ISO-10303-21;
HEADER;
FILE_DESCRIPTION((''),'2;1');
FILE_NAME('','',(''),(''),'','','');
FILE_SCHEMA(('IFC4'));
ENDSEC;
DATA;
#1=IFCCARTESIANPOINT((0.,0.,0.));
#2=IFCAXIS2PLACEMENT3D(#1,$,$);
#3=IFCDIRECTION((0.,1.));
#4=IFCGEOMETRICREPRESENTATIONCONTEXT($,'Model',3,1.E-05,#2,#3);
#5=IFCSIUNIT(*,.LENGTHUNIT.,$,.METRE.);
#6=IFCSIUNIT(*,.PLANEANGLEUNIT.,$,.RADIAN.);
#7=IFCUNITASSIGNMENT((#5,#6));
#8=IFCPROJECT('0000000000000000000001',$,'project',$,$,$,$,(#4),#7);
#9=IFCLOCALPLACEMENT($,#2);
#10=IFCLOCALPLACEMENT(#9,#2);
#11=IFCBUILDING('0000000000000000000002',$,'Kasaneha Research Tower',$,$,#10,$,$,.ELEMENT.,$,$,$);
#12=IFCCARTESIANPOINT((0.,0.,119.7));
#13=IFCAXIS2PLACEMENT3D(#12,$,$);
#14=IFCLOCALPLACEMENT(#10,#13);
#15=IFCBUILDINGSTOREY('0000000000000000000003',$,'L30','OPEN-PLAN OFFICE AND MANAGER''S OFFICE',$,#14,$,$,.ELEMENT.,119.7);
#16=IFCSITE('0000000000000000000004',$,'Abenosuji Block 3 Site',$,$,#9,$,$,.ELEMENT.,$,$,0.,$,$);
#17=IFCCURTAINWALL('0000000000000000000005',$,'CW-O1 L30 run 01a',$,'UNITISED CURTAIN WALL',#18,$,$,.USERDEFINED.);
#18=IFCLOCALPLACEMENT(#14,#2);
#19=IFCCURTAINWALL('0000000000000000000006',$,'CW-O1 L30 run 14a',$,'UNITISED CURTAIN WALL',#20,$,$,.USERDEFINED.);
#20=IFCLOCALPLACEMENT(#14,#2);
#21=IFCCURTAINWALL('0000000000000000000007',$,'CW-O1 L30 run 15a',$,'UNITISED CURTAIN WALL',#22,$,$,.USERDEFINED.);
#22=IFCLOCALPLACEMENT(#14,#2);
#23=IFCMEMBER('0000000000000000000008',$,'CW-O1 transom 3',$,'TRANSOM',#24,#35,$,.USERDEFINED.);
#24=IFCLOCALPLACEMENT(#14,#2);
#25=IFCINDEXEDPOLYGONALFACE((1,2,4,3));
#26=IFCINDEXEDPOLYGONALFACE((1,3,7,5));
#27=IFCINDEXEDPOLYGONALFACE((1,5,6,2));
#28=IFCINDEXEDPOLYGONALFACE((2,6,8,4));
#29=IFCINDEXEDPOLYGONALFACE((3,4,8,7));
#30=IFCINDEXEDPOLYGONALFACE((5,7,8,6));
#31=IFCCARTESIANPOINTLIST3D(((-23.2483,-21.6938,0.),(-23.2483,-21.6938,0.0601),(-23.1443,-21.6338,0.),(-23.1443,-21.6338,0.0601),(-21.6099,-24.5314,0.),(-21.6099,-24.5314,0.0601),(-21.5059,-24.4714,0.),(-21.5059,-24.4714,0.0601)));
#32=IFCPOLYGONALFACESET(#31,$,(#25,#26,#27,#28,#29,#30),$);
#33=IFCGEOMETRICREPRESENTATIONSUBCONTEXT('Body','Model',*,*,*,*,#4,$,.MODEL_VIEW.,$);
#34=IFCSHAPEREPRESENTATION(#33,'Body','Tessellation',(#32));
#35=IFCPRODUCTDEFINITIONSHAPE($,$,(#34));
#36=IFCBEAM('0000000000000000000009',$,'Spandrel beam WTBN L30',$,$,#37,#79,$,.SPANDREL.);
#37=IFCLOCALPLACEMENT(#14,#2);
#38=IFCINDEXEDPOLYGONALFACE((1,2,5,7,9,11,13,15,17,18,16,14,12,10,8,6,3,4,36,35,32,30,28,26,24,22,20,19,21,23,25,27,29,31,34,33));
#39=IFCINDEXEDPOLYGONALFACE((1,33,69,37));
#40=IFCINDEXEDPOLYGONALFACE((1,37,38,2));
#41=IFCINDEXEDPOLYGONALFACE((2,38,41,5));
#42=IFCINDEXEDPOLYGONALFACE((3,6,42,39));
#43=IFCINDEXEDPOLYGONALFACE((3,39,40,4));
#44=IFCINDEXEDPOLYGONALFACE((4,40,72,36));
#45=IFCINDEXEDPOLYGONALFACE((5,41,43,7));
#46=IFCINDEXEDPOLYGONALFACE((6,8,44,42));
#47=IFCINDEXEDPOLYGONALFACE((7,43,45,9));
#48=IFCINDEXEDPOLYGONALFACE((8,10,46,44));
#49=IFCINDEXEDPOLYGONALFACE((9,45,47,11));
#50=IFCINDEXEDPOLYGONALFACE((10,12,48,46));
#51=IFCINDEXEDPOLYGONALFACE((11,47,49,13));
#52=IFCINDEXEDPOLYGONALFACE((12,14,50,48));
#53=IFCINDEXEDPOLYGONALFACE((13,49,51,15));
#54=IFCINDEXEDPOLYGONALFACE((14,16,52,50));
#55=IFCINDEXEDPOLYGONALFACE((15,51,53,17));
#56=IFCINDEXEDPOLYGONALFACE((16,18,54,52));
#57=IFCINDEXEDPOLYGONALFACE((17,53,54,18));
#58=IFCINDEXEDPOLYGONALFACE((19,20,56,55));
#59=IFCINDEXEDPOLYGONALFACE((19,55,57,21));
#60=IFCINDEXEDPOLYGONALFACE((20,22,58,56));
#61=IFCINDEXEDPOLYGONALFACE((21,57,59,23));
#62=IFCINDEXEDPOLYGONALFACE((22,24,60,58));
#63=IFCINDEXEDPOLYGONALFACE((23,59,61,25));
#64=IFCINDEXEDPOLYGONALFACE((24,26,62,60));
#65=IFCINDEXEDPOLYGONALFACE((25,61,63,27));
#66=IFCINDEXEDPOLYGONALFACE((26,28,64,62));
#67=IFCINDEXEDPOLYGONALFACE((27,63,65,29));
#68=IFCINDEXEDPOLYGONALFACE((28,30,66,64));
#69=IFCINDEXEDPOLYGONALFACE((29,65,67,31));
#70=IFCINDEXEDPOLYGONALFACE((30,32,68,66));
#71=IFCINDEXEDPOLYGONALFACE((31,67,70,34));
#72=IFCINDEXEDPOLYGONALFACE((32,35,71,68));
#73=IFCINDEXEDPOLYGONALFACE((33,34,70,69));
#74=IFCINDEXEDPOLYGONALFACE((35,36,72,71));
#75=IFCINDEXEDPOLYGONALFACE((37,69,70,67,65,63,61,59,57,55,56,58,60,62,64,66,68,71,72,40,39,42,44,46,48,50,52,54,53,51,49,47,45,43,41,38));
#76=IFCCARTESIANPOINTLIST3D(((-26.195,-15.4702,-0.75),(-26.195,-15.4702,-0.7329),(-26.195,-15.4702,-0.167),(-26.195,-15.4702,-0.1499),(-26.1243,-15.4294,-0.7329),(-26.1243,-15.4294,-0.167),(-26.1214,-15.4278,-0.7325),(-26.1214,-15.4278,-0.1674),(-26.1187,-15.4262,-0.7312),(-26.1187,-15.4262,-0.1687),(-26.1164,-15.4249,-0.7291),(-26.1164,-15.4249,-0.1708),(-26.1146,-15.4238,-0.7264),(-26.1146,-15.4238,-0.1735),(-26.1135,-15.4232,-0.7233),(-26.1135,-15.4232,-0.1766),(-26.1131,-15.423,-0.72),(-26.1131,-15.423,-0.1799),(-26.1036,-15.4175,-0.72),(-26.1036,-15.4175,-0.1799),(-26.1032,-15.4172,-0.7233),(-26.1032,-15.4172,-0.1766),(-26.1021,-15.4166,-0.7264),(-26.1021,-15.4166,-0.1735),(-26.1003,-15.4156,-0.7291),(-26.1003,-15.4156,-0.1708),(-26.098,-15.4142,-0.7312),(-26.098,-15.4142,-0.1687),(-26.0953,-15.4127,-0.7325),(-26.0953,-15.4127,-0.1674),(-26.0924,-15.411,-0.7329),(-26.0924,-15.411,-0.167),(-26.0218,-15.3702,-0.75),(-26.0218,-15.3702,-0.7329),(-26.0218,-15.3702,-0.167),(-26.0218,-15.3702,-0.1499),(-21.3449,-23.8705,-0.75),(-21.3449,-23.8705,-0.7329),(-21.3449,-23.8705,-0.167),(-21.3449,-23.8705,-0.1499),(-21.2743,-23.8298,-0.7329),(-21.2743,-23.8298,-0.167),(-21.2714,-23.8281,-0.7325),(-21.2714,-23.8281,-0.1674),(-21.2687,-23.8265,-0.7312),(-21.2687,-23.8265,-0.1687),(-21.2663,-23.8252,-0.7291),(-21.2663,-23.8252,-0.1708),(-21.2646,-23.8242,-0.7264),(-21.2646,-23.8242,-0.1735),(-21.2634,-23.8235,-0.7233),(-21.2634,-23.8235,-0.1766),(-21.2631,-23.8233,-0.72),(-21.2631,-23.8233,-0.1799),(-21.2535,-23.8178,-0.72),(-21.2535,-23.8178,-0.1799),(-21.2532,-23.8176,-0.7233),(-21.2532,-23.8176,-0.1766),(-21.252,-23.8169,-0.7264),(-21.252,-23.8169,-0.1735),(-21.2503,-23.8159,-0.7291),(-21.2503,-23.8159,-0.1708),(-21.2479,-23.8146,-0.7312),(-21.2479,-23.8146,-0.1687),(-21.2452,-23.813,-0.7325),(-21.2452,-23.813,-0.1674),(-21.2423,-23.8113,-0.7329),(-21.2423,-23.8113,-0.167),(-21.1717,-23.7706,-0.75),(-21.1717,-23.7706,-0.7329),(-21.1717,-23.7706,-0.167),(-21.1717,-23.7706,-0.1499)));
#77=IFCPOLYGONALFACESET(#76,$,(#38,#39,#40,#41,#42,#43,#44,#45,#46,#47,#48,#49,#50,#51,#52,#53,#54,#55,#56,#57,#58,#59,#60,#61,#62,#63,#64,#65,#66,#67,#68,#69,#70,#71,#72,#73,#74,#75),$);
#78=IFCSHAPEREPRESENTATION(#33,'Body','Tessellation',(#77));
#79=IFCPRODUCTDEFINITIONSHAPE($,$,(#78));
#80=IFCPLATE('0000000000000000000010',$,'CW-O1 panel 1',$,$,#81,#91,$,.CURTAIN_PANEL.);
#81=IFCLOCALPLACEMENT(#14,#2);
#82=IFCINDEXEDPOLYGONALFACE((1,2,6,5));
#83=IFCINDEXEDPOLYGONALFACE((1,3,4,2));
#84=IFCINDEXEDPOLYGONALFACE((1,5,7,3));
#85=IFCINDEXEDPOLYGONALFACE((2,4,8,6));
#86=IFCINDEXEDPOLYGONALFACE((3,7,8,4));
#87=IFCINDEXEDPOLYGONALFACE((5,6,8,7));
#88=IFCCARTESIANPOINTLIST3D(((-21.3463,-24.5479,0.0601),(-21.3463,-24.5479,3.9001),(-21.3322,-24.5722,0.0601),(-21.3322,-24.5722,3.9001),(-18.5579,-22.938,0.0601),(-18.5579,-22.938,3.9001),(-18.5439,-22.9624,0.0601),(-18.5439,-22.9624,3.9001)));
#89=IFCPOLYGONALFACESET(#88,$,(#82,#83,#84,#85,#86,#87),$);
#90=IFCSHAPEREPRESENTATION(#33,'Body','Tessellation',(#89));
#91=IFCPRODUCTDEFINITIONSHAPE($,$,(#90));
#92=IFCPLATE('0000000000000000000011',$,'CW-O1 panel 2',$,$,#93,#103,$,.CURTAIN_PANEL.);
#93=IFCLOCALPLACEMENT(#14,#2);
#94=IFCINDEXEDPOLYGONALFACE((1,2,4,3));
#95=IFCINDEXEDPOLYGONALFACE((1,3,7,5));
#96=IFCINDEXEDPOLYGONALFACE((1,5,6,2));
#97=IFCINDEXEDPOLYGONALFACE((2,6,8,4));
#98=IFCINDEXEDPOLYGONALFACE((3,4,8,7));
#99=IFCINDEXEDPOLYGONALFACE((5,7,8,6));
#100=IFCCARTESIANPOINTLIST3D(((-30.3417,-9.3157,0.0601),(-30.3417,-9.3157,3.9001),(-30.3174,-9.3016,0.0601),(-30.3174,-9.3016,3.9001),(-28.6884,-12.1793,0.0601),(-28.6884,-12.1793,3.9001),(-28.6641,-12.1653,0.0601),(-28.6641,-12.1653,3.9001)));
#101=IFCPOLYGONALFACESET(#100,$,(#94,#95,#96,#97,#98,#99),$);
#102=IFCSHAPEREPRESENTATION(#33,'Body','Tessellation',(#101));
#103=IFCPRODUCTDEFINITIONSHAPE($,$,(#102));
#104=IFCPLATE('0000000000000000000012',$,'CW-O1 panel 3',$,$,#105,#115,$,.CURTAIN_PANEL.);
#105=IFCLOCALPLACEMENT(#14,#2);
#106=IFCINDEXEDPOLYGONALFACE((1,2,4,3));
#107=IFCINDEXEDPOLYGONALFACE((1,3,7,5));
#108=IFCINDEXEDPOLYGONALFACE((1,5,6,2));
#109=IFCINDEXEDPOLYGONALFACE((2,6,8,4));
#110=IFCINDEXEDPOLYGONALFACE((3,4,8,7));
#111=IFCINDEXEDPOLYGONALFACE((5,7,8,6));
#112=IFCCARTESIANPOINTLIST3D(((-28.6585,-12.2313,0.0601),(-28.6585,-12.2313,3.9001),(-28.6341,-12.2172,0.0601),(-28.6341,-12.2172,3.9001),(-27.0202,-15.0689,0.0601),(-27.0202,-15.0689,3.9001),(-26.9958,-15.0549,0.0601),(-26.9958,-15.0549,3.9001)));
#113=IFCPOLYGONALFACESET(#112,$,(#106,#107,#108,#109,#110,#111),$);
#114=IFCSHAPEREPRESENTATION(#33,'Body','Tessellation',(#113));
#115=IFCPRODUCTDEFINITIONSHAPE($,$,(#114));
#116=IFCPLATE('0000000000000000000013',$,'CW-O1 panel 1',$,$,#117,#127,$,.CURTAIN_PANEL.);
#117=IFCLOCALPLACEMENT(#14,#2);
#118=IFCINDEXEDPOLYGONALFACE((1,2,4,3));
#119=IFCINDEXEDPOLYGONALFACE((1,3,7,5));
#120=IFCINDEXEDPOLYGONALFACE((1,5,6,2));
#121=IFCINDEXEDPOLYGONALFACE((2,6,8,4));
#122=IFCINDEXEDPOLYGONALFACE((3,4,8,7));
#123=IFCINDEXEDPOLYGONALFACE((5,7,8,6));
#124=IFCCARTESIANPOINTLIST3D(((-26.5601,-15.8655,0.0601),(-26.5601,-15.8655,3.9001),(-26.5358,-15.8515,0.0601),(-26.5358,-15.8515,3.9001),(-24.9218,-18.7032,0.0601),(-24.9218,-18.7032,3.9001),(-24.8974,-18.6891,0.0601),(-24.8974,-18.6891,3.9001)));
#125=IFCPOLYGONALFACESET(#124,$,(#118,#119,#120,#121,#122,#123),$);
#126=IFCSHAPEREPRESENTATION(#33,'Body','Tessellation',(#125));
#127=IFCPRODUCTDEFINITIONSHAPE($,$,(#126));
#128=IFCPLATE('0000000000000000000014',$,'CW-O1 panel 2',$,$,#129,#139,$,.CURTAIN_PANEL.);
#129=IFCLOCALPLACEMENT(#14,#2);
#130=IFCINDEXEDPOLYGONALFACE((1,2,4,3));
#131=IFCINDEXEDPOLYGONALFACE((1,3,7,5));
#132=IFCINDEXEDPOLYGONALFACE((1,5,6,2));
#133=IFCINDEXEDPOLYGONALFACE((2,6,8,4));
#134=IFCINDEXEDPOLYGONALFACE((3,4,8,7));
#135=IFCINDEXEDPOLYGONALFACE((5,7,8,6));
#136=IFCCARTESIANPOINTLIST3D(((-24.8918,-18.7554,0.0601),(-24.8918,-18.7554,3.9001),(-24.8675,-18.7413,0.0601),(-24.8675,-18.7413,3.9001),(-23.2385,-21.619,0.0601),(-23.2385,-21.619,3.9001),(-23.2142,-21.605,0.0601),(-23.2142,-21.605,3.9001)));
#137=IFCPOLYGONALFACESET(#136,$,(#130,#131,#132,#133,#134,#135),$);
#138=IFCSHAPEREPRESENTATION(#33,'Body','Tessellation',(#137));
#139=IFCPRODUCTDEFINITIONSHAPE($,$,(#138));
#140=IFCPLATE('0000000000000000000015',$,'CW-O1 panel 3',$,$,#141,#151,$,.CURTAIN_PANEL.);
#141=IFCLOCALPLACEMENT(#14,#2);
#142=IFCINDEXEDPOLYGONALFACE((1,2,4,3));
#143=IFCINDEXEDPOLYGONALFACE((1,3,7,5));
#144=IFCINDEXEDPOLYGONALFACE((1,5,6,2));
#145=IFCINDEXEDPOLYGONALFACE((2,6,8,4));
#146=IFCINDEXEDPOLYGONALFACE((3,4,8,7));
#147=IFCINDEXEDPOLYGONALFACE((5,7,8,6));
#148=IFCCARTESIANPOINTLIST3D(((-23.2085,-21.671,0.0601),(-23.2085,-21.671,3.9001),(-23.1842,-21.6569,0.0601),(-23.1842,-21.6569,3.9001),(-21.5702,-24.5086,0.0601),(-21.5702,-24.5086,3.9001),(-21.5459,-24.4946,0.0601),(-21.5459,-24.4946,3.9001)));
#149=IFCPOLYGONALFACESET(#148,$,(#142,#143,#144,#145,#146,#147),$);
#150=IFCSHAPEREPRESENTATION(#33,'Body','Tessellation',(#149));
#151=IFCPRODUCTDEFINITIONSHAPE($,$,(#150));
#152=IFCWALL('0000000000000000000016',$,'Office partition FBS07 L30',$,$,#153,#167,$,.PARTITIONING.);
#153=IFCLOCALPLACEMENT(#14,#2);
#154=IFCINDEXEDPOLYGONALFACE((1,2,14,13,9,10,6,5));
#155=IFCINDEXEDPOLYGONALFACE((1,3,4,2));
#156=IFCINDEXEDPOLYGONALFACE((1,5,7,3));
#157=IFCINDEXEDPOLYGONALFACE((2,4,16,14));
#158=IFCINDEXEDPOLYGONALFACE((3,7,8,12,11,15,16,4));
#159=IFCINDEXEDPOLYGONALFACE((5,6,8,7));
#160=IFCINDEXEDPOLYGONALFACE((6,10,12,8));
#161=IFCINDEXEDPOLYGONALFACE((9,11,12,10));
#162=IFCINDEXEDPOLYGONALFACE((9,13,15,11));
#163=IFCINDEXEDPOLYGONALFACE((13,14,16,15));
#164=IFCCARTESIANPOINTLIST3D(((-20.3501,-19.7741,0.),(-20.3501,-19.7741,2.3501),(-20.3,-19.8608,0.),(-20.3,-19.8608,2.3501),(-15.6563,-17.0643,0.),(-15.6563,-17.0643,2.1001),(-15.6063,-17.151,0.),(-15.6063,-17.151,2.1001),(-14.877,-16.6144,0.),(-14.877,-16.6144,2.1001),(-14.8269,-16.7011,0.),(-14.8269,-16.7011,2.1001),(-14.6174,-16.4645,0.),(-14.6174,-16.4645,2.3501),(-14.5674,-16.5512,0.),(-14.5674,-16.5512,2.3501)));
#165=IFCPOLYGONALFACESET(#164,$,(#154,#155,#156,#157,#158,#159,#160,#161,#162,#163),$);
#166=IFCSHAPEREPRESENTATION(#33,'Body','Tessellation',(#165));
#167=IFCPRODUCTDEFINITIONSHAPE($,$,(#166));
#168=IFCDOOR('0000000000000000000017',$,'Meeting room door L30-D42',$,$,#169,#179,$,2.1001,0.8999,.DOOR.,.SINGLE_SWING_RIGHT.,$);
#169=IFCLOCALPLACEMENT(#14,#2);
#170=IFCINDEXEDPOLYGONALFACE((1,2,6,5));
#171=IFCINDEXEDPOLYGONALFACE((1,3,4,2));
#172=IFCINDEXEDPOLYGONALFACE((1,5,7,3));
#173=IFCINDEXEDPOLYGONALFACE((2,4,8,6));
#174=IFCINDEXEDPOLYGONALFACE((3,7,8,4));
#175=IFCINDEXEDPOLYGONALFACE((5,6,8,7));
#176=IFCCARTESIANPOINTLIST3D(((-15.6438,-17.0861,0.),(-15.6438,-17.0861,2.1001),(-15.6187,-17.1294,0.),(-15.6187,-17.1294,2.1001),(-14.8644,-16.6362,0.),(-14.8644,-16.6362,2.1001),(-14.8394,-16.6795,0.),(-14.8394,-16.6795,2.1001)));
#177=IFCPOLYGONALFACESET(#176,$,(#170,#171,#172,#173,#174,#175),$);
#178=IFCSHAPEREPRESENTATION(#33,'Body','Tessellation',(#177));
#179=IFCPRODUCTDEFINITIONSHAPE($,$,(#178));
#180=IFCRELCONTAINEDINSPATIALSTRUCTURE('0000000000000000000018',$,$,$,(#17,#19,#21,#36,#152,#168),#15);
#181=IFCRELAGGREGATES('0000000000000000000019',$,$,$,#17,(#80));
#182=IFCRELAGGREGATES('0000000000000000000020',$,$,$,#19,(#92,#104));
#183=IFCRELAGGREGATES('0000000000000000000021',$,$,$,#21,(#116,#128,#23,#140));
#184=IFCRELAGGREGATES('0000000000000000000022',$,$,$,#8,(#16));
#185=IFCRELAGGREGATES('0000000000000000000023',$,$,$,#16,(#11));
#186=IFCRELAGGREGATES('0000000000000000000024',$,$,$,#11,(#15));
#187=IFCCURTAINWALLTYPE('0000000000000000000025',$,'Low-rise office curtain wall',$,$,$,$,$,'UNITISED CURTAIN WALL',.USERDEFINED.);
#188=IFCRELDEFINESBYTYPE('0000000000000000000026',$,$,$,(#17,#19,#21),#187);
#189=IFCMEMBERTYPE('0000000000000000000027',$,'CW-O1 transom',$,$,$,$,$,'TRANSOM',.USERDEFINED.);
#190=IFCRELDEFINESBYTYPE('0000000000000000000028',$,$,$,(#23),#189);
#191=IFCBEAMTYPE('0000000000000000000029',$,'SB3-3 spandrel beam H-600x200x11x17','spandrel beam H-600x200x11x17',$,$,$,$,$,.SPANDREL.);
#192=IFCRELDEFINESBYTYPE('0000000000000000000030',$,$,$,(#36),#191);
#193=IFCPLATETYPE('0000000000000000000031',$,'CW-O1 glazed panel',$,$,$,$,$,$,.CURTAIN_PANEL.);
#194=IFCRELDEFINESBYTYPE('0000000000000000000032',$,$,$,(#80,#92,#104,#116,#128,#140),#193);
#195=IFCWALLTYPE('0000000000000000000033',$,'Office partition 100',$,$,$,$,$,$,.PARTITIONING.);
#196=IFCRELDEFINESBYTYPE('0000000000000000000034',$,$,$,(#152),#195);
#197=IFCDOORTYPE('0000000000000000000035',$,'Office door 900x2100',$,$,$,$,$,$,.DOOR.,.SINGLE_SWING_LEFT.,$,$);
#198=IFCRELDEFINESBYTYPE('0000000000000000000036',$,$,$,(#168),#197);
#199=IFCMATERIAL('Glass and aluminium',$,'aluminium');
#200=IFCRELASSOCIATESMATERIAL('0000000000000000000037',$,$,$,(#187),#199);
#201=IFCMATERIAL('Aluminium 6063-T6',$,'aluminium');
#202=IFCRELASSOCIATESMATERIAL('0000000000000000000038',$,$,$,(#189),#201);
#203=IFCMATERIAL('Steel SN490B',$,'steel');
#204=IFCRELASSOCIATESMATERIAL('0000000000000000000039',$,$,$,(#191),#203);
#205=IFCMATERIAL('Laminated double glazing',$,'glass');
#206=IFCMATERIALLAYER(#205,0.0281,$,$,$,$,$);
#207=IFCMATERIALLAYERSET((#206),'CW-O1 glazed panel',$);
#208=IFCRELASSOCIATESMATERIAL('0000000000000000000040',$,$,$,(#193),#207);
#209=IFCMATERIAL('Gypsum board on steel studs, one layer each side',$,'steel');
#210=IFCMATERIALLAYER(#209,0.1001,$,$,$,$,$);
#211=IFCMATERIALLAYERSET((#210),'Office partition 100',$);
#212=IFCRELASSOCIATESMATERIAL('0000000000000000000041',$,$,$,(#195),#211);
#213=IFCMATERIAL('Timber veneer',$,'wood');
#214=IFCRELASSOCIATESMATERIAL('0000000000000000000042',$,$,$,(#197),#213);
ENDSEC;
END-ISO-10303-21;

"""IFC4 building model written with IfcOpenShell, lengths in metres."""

from ifc_helpers import new_model, si_unit, direction, frame, frame_2d, origin, origin_2d, place, context, subcontext, project, spatial, rectangle, i_section, extrude, material, layer, layer_set, material_profile, profile_set, type_object, element, fill, aggregate, save


model = new_model("IFC4")

# Units and contexts
model_context = context("Model", 3, precision=1e-05, world=origin(), true_north=direction((0.0, 1.0)))
body_context = subcontext(model_context, "Body", "Model", "MODEL_VIEW")
ifc_project = project(units=[si_unit("LENGTHUNIT", "METRE"), si_unit("PLANEANGLEUNIT", "RADIAN")], contexts=[model_context])

# Site, building, storey
site_placement = place(None, origin())
site = spatial("IfcSite", under=ifc_project, at=site_placement, Name="Abenosuji Block 3 Site", CompositionType="ELEMENT", RefElevation=0.0)
building_placement = place(site_placement, origin())
building = spatial("IfcBuilding", under=site, at=building_placement, Name="Kasaneha Research Tower", CompositionType="ELEMENT")
storey_placement = place(building_placement, frame((0.0, 0.0, 119.7)))
storey = spatial("IfcBuildingStorey", under=building, at=storey_placement, Name="L30", Description="OPEN-PLAN OFFICE AND MANAGER'S OFFICE", CompositionType="ELEMENT", Elevation=119.7)

# Curtain wall
ifc_material_1 = material(Name="Glass and aluminium", Category="aluminium")
curtain_wall_type = type_object("IfcCurtainWallType", Name="Low-rise office curtain wall", ElementType="UNITISED CURTAIN WALL", PredefinedType="USERDEFINED", material=ifc_material_1)
curtain_wall_1_placement = place(storey_placement, origin())
curtain_wall_1 = element("IfcCurtainWall", 1, at=curtain_wall_1_placement, inside=storey, type_object=curtain_wall_type, Name="CW-O1 L30 run 01a", ObjectType="UNITISED CURTAIN WALL", PredefinedType="USERDEFINED")

# Curtain walls
curtain_wall_2_placement = place(storey_placement, origin())
curtain_wall_2 = element("IfcCurtainWall", 2, at=curtain_wall_2_placement, inside=storey, type_object=curtain_wall_type, Name="CW-O1 L30 run 14a", ObjectType="UNITISED CURTAIN WALL", PredefinedType="USERDEFINED")
curtain_wall_3_placement = place(storey_placement, origin())
curtain_wall_3 = element("IfcCurtainWall", 3, at=curtain_wall_3_placement, inside=storey, type_object=curtain_wall_type, Name="CW-O1 L30 run 15a", ObjectType="UNITISED CURTAIN WALL", PredefinedType="USERDEFINED")

# Member
ifc_material_2 = material(Name="Aluminium 6063-T6", Category="aluminium")
ifc_material_profile_1 = material_profile(ifc_material_2, rectangle(XDim=0.1201, YDim=0.0601, at=origin_2d()), Name="CW-O1 transom 120x60")
ifc_profile_set_1 = profile_set([ifc_material_profile_1], Name="Aluminium 6063-T6")
member_type_1 = type_object("IfcMemberType", Name="CW-O1 transom", ElementType="TRANSOM", PredefinedType="USERDEFINED", material=ifc_profile_set_1)
member_1_placement = place(storey_placement, frame((-23.1963, -21.6638, 0.03), z_axis=(0.500026, -0.866011, 0.0), x_axis=(0.866011, 0.500026, 0.0)))
member_1 = element("IfcMember", 4, at=member_1_placement, type_object=member_type_1, Name="CW-O1 transom 3", ObjectType="TRANSOM", PredefinedType="USERDEFINED", context=body_context, shape_type="SweptSolid", body=[
    extrude(rectangle(XDim=0.1201, YDim=0.0601, at=origin_2d()), origin(), (0.0, 0.0, 1.0), 3.2766),
])

# Beam
ifc_material_3 = material(Name="Steel SN490B", Category="steel")
ifc_material_profile_2 = material_profile(ifc_material_3, i_section(OverallWidth=0.2, OverallDepth=0.6001, WebThickness=0.011, FlangeThickness=0.0171, FilletRadius=0.0129, at=origin_2d()), Name="H-600x200x11x17")
ifc_profile_set_2 = profile_set([ifc_material_profile_2], Name="Steel SN490B")
beam_type = type_object("IfcBeamType", Name="SB3-3 spandrel beam H-600x200x11x17", Description="spandrel beam H-600x200x11x17", PredefinedType="SPANDREL", material=ifc_profile_set_2)
beam_placement = place(storey_placement, frame((-21.2583, -23.8206, -0.45), z_axis=(-0.50001, 0.86602, 0.0), x_axis=(-0.86602, -0.50001, 0.0)))
element("IfcBeam", 5, at=beam_placement, inside=storey, type_object=beam_type, Name="Spandrel beam WTBN L30", PredefinedType="SPANDREL", context=body_context, shape_type="SweptSolid", body=[
    extrude(i_section(OverallWidth=0.2, OverallDepth=0.6001, WebThickness=0.011, FlangeThickness=0.0171, FilletRadius=0.0129, at=origin_2d()), origin(), (0.0, 0.0, 1.0), 9.7),
])

# Plates
ifc_material_4 = material(Name="Laminated double glazing", Category="glass")
ifc_layer_1 = layer(ifc_material_4, 0.0281)
ifc_layer_set_1 = layer_set([ifc_layer_1], Name="CW-O1 glazed panel")
plate_type = type_object("IfcPlateType", Name="CW-O1 glazed panel", PredefinedType="CURTAIN_PANEL", material=ifc_layer_set_1)
plate_1_placement = place(storey_placement, frame((-19.9451, -23.7551, 0.0601), z_axis=(0.0, 0.0, 1.0), x_axis=(0.866025, 0.5, 0.0)))
plate_1 = element("IfcPlate", 6, at=plate_1_placement, type_object=plate_type, Name="CW-O1 panel 1", PredefinedType="CURTAIN_PANEL", context=body_context, shape_type="SweptSolid", body=[
    extrude(rectangle(XDim=3.2197, YDim=0.0281, at=origin_2d()), origin(), (0.0, 0.0, 1.0), 3.8401),
])
aggregate(curtain_wall_1, [plate_1])
plate_2_placement = place(storey_placement, frame((-29.5029, -10.7405, 0.0601), z_axis=(0.0, 0.0, 1.0), x_axis=(0.5, -0.866025, 0.0)))
plate_2 = element("IfcPlate", 7, at=plate_2_placement, type_object=plate_type, Name="CW-O1 panel 2", PredefinedType="CURTAIN_PANEL", context=body_context, shape_type="SweptSolid", body=[
    extrude(rectangle(XDim=3.3066, YDim=0.0281, at=origin_2d()), origin(), (0.0, 0.0, 1.0), 3.8401),
])
plate_3_placement = place(storey_placement, frame((-27.8271, -13.6431, 0.0601), z_axis=(0.0, 0.0, 1.0), x_axis=(0.5, -0.866025, 0.0)))
plate_3 = element("IfcPlate", 8, at=plate_3_placement, type_object=plate_type, Name="CW-O1 panel 3", PredefinedType="CURTAIN_PANEL", context=body_context, shape_type="SweptSolid", body=[
    extrude(rectangle(XDim=3.2766, YDim=0.0281, at=origin_2d()), origin(), (0.0, 0.0, 1.0), 3.8401),
])
aggregate(curtain_wall_2, [plate_2, plate_3])
plate_4_placement = place(storey_placement, frame((-25.7288, -17.2773, 0.0601), z_axis=(0.0, 0.0, 1.0), x_axis=(0.5, -0.866025, 0.0)))
plate_4 = element("IfcPlate", 9, at=plate_4_placement, type_object=plate_type, Name="CW-O1 panel 1", PredefinedType="CURTAIN_PANEL", context=body_context, shape_type="SweptSolid", body=[
    extrude(rectangle(XDim=3.2766, YDim=0.0281, at=origin_2d()), origin(), (0.0, 0.0, 1.0), 3.8401),
])
plate_5_placement = place(storey_placement, frame((-24.053, -20.1802, 0.0601), z_axis=(0.0, 0.0, 1.0), x_axis=(0.5, -0.866025, 0.0)))
plate_5 = element("IfcPlate", 10, at=plate_5_placement, type_object=plate_type, Name="CW-O1 panel 2", PredefinedType="CURTAIN_PANEL", context=body_context, shape_type="SweptSolid", body=[
    extrude(rectangle(XDim=3.3066, YDim=0.0281, at=origin_2d()), origin(), (0.0, 0.0, 1.0), 3.8401),
])
plate_6_placement = place(storey_placement, frame((-22.3772, -23.0828, 0.0601), z_axis=(0.0, 0.0, 1.0), x_axis=(0.5, -0.866025, 0.0)))
plate_6 = element("IfcPlate", 11, at=plate_6_placement, type_object=plate_type, Name="CW-O1 panel 3", PredefinedType="CURTAIN_PANEL", context=body_context, shape_type="SweptSolid", body=[
    extrude(rectangle(XDim=3.2766, YDim=0.0281, at=origin_2d()), origin(), (0.0, 0.0, 1.0), 3.8401),
])
aggregate(curtain_wall_3, [plate_4, plate_5, member_1, plate_6])

# Wall, opening, door
ifc_material_5 = material(Name="Gypsum board on steel studs, one layer each side", Category="steel")
ifc_layer_2 = layer(ifc_material_5, 0.1001)
ifc_layer_set_2 = layer_set([ifc_layer_2], Name="Office partition 100")
wall_type = type_object("IfcWallType", Name="Office partition 100", PredefinedType="PARTITIONING", material=ifc_layer_set_2)
wall_1_placement = place(storey_placement, frame((-20.325, -19.8174, 0.0), z_axis=(0.0, 0.0, 1.0), x_axis=(0.866038, 0.499979, 0.0)))
wall_1 = element("IfcWall", 12, at=wall_1_placement, inside=storey, type_object=wall_type, Name="Office partition FBS07 L30", PredefinedType="PARTITIONING", context=body_context, shape_type="SweptSolid", body=[
    extrude(rectangle(XDim=6.6194, YDim=0.1001, at=frame_2d((3.3096, 0.0))), origin(), (0.0, 0.0, 1.0), 2.3501),
])
opening_1_placement = place(wall_1_placement, frame((5.4197, 0.0, 0.0)))
opening_1 = element("IfcOpeningElement", 13, at=opening_1_placement, cuts=wall_1, PredefinedType="OPENING", context=body_context, shape_type="SweptSolid", body=[
    extrude(rectangle(XDim=0.8999, YDim=2.1001, at=frame_2d((0.45, 1.05))), frame((0.0, 0.0601, 0.0), z_axis=(0.0, -1.0, 0.0), x_axis=(1.0, 0.0, 0.0)), (0.0, 0.0, 1.0), 0.1201),
])
ifc_material_6 = material(Name="Timber veneer", Category="wood")
door_type = type_object("IfcDoorType", Name="Office door 900x2100", OperationType="SINGLE_SWING_LEFT", PredefinedType="DOOR", material=ifc_material_6)
door_1_placement = place(opening_1_placement, origin())
door_1 = element("IfcDoor", 14, at=door_1_placement, inside=storey, type_object=door_type, Name="Meeting room door L30-D42", OperationType="SINGLE_SWING_RIGHT", OverallHeight=2.1001, OverallWidth=0.8999, PredefinedType="DOOR", context=body_context, shape_type="SweptSolid", body=[
    extrude(rectangle(XDim=0.8999, YDim=2.1001, at=frame_2d((0.45, 1.05))), frame((0.0, 0.0249, 0.0), z_axis=(0.0, -1.0, 0.0), x_axis=(1.0, 0.0, 0.0)), (0.0, 0.0, 1.0), 0.05),
])
fill(opening_1, door_1)

save(model, "model.ifc")
